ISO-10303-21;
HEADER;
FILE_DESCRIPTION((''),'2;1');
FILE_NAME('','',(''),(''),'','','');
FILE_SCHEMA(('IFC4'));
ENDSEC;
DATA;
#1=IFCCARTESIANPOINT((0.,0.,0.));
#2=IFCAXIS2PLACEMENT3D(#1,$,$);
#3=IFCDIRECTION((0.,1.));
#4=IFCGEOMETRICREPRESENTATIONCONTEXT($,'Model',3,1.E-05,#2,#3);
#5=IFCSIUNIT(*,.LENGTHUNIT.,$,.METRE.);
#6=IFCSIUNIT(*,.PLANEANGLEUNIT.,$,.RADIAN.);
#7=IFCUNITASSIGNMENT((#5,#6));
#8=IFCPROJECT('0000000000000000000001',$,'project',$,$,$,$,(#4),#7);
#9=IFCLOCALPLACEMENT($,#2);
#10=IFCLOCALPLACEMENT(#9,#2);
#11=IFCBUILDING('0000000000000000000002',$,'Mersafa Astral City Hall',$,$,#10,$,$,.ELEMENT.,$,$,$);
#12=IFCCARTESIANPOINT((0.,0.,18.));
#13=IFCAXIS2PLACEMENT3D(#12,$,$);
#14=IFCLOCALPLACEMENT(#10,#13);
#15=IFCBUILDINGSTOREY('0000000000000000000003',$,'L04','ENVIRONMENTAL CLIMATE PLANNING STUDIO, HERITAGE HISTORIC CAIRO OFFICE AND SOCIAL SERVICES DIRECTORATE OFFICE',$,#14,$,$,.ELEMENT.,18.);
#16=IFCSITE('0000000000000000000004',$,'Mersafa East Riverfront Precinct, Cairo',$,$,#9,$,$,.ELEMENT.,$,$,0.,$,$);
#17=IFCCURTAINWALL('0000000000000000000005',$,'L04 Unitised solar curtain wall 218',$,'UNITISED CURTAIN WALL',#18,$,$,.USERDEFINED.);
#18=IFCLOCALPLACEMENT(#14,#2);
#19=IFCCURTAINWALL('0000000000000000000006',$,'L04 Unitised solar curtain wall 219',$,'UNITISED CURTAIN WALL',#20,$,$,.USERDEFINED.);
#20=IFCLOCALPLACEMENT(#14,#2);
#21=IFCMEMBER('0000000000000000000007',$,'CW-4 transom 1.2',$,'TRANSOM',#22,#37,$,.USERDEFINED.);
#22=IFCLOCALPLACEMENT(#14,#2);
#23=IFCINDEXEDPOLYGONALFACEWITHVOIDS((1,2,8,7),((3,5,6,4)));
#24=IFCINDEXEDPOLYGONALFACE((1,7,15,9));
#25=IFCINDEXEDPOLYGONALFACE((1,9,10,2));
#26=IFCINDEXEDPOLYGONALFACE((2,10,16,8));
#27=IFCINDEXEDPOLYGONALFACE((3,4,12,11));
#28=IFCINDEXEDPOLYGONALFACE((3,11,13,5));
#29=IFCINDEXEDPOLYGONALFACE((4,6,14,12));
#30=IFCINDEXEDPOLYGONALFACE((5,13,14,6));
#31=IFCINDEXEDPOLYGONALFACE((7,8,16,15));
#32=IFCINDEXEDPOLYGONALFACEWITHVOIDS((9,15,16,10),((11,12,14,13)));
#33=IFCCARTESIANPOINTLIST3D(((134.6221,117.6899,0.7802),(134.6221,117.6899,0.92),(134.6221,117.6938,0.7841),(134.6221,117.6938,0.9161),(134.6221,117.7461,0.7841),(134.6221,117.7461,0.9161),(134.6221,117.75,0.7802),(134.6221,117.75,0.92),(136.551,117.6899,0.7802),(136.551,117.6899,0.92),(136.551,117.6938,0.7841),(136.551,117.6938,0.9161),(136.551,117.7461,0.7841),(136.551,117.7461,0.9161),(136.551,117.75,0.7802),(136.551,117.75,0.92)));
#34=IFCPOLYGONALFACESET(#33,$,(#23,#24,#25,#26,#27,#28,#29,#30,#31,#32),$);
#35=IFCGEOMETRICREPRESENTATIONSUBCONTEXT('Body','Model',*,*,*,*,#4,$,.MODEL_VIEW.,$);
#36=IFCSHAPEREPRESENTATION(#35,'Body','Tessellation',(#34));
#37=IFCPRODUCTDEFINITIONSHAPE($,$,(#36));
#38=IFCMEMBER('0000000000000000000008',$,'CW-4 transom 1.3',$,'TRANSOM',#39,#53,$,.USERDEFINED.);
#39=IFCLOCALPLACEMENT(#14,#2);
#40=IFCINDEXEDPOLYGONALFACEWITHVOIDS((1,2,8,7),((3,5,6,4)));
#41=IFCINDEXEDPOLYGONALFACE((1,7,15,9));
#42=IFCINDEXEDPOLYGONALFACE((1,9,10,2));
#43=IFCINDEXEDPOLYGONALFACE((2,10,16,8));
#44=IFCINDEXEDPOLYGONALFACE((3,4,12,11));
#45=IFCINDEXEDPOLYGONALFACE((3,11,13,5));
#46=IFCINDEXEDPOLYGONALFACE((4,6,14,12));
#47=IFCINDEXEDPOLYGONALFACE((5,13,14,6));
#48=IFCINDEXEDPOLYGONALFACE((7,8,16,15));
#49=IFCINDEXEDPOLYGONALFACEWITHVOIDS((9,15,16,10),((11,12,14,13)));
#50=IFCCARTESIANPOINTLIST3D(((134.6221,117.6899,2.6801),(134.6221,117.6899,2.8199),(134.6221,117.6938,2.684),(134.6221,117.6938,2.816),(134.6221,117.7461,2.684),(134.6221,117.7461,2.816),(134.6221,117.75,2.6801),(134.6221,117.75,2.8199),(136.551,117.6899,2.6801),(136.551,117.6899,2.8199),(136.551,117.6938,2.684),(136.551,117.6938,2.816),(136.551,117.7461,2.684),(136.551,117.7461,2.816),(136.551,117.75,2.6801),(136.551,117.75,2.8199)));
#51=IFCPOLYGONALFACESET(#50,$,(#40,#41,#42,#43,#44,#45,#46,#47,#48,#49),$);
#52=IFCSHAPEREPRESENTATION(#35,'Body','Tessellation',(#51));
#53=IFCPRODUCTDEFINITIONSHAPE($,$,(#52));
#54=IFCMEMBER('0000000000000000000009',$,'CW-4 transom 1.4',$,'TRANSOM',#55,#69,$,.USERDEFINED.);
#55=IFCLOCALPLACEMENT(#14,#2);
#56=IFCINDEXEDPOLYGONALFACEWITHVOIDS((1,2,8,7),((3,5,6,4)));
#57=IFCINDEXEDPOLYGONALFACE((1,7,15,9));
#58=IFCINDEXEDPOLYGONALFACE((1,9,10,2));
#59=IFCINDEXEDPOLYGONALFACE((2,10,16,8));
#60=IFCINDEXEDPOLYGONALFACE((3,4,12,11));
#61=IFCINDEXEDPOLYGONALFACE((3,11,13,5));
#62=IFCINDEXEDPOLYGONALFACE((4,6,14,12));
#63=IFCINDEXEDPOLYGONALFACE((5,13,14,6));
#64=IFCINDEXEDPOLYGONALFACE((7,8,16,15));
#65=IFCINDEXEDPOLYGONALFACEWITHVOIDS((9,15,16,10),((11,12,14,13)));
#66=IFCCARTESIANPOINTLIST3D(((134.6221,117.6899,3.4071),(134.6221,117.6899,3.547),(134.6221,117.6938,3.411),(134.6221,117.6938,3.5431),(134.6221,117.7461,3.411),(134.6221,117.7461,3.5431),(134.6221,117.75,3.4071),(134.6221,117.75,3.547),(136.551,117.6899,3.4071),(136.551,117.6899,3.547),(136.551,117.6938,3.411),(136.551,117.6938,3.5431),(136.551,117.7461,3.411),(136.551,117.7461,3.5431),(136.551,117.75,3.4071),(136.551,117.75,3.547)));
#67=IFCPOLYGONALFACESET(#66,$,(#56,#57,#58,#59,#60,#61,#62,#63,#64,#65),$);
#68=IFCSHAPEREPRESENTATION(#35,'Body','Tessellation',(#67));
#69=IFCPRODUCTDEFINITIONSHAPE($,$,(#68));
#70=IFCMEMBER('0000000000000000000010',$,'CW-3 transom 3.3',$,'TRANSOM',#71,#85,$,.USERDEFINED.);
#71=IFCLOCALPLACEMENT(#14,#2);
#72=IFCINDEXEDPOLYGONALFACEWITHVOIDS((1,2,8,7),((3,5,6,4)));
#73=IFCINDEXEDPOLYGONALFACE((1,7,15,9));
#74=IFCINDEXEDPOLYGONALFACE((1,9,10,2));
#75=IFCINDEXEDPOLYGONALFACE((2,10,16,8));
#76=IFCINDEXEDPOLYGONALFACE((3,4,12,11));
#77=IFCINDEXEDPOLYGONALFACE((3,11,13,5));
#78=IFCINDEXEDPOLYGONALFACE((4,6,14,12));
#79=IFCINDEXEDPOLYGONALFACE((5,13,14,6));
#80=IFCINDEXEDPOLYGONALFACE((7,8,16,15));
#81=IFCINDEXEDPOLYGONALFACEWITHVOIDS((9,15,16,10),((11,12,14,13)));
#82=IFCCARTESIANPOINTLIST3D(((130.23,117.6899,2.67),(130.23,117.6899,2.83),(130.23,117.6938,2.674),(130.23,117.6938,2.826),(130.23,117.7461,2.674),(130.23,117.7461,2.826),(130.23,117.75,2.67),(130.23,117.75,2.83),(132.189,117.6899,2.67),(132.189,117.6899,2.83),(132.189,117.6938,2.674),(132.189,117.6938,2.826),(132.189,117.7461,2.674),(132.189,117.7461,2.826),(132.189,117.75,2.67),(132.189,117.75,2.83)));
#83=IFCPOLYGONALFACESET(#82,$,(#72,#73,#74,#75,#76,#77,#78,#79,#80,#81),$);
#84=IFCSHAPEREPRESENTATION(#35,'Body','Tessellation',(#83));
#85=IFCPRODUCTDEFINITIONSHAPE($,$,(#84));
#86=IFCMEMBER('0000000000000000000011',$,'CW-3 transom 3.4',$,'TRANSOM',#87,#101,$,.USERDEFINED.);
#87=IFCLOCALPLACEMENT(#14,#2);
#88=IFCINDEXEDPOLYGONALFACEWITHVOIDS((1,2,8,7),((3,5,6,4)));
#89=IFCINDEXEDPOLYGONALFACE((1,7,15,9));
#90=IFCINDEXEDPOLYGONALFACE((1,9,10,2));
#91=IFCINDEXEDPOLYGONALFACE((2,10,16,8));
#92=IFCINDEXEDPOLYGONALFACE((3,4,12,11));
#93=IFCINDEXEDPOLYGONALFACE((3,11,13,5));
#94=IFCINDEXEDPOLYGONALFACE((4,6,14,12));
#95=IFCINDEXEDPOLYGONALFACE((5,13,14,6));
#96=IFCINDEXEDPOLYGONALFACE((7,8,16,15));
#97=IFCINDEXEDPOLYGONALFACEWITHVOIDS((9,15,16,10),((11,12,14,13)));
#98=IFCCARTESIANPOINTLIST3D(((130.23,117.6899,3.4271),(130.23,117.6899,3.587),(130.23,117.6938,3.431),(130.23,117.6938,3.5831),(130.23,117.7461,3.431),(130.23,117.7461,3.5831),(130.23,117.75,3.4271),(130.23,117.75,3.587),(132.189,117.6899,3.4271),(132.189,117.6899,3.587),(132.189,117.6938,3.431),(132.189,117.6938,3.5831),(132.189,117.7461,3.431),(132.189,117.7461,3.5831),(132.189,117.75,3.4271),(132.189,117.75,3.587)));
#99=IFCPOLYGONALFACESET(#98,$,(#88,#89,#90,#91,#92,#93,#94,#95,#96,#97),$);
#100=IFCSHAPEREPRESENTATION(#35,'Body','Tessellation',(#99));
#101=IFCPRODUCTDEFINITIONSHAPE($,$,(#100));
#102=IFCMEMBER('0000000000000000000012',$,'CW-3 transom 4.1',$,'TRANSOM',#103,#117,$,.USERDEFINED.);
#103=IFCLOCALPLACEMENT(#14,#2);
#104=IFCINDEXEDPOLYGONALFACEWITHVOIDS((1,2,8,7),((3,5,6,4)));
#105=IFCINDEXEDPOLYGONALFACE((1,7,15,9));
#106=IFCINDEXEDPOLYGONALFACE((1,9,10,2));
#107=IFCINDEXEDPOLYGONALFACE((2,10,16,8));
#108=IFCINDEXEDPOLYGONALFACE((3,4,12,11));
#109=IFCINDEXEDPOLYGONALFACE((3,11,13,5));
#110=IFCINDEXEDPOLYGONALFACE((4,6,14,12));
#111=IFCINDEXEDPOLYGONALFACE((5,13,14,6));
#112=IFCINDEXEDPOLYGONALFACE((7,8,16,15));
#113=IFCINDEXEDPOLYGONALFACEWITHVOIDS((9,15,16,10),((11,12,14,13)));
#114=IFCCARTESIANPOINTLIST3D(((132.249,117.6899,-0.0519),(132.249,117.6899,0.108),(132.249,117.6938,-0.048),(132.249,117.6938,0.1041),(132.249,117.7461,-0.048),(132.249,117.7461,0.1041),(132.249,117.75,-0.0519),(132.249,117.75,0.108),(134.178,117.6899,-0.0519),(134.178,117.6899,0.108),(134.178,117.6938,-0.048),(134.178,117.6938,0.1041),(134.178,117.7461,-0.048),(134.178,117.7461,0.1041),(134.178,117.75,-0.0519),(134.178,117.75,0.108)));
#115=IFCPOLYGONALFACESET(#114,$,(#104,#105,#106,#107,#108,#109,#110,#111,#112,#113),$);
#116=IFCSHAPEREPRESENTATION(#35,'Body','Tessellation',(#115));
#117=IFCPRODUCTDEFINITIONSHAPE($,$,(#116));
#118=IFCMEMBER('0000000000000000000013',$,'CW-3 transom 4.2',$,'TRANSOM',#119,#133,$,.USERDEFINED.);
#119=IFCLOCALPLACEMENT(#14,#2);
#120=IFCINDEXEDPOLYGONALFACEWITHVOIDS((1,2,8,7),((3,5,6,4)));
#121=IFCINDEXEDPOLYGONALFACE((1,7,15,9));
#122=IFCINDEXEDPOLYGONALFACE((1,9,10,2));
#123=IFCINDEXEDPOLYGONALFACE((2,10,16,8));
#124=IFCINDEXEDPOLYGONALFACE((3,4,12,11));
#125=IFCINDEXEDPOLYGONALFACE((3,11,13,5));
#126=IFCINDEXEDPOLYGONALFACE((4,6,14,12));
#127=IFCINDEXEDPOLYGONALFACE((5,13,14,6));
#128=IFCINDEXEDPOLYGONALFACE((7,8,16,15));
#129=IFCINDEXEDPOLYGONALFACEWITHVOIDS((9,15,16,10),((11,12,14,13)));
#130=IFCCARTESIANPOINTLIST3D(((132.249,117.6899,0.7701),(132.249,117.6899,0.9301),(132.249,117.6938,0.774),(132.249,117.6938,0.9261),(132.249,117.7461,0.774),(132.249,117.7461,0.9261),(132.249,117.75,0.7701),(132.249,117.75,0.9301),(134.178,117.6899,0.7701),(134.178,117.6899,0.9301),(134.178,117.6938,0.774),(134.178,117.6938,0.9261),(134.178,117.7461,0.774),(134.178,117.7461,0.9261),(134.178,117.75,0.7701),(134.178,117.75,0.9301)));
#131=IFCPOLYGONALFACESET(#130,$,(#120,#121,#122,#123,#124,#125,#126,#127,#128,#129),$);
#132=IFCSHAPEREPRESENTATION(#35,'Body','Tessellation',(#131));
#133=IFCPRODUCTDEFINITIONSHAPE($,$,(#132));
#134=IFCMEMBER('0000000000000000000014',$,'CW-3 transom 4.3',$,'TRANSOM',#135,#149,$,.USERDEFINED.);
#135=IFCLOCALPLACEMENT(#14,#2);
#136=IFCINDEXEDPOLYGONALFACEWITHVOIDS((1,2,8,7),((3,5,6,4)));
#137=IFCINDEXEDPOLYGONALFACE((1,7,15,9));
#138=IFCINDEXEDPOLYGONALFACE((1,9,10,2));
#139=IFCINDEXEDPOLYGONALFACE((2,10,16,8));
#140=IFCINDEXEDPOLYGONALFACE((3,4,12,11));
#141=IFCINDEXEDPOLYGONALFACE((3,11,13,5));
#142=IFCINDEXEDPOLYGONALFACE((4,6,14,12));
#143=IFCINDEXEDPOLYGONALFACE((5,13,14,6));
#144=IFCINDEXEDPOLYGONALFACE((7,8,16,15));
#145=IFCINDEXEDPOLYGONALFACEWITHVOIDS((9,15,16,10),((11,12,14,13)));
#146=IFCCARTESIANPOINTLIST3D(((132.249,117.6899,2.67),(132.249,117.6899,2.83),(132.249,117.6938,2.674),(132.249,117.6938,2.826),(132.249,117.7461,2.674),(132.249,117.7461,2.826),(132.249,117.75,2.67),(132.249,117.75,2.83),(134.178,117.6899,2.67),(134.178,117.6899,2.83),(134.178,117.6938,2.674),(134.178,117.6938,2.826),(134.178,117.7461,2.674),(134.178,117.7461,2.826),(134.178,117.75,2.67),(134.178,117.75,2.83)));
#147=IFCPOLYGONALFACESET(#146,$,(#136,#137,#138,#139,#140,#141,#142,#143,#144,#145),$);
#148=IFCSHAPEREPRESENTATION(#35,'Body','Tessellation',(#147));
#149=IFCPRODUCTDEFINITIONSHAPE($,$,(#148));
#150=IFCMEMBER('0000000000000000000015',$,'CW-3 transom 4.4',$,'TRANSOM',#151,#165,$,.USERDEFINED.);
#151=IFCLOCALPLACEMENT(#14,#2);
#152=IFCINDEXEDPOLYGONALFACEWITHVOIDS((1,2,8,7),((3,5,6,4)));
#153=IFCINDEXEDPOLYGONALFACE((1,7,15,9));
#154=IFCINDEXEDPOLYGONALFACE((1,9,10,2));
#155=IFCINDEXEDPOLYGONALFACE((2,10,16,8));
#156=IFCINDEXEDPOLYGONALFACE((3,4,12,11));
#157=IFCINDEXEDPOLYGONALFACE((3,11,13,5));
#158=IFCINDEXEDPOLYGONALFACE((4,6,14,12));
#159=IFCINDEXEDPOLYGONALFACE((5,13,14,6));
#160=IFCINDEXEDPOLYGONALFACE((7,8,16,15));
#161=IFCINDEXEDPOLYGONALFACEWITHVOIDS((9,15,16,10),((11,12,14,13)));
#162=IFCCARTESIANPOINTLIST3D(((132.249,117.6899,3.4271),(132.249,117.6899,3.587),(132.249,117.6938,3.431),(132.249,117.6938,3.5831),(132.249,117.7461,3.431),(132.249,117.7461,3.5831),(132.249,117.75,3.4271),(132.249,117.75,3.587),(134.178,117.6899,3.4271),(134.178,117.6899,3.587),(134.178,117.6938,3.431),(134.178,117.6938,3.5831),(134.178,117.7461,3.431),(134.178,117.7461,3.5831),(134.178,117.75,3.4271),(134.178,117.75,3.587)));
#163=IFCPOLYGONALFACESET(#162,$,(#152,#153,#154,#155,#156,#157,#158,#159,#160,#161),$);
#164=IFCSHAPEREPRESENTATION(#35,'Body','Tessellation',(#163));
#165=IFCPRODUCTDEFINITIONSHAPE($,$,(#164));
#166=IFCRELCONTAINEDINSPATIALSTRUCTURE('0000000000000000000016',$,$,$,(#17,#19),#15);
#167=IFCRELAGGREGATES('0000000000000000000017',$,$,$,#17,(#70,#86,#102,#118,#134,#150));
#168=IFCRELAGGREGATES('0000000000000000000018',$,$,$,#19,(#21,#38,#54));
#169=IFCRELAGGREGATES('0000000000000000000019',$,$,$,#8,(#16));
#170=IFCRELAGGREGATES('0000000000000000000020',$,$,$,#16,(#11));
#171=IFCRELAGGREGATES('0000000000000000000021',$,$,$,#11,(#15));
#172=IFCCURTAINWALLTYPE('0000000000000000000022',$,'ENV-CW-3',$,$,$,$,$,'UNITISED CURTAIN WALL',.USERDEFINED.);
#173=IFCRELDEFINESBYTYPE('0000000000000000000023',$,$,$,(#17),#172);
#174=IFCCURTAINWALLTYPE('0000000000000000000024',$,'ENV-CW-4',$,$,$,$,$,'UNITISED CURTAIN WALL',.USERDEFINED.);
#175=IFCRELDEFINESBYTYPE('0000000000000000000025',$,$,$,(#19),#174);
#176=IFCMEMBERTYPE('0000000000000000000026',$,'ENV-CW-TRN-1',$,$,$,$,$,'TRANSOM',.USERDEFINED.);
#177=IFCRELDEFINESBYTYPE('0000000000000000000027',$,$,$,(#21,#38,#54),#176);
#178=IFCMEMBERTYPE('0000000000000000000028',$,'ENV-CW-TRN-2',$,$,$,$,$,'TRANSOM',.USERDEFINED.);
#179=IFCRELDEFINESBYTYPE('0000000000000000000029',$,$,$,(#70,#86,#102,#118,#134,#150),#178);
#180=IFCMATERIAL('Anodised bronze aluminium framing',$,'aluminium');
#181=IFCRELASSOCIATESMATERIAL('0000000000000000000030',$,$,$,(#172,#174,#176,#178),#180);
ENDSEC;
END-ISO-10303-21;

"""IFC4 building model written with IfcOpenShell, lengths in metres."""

from ifc_helpers import new_model, si_unit, direction, frame, origin, origin_2d, place, context, subcontext, project, spatial, hollow_rectangle, extrude, material, material_profile, profile_set, type_object, element, aggregate, save


model = new_model("IFC4")

# Units and contexts
model_context = context("Model", 3, precision=1e-05, world=origin(), true_north=direction((0.0, 1.0)))
body_context = subcontext(model_context, "Body", "Model", "MODEL_VIEW")
ifc_project = project(units=[si_unit("LENGTHUNIT", "METRE"), si_unit("PLANEANGLEUNIT", "RADIAN")], contexts=[model_context])

# Site, building, storey
site_placement = place(None, origin())
site = spatial("IfcSite", under=ifc_project, at=site_placement, Name="Mersafa East Riverfront Precinct, Cairo", CompositionType="ELEMENT", RefElevation=0.0)
building_placement = place(site_placement, origin())
building = spatial("IfcBuilding", under=site, at=building_placement, Name="Mersafa Astral City Hall", CompositionType="ELEMENT")
storey_placement = place(building_placement, frame((0.0, 0.0, 18.0)))
storey = spatial("IfcBuildingStorey", under=building, at=storey_placement, Name="L04", Description="ENVIRONMENTAL CLIMATE PLANNING STUDIO, HERITAGE HISTORIC CAIRO OFFICE AND SOCIAL SERVICES DIRECTORATE OFFICE", CompositionType="ELEMENT", Elevation=18.0)

# Curtain walls, members
ifc_material_1 = material(Name="Anodised bronze aluminium framing", Category="aluminium")
curtain_wall_type_1 = type_object("IfcCurtainWallType", Name="ENV-CW-3", ElementType="UNITISED CURTAIN WALL", PredefinedType="USERDEFINED", material=ifc_material_1)
curtain_wall_1_placement = place(storey_placement, origin())
curtain_wall_1 = element("IfcCurtainWall", 1, at=curtain_wall_1_placement, inside=storey, type_object=curtain_wall_type_1, Name="L04 Unitised solar curtain wall 218", ObjectType="UNITISED CURTAIN WALL", PredefinedType="USERDEFINED")
curtain_wall_type_2 = type_object("IfcCurtainWallType", Name="ENV-CW-4", ElementType="UNITISED CURTAIN WALL", PredefinedType="USERDEFINED", material=ifc_material_1)
curtain_wall_2_placement = place(storey_placement, origin())
curtain_wall_2 = element("IfcCurtainWall", 2, at=curtain_wall_2_placement, inside=storey, type_object=curtain_wall_type_2, Name="L04 Unitised solar curtain wall 219", ObjectType="UNITISED CURTAIN WALL", PredefinedType="USERDEFINED")
ifc_material_profile_1 = material_profile(ifc_material_1, hollow_rectangle(XDim=0.0601, YDim=0.1399, WallThickness=0.0039, at=origin_2d()), Name="RHS 60x140x4")
ifc_profile_set_1 = profile_set([ifc_material_profile_1], Name="Anodised bronze aluminium framing")
member_type_1 = type_object("IfcMemberType", Name="ENV-CW-TRN-1", ElementType="TRANSOM", PredefinedType="USERDEFINED", material=ifc_profile_set_1)
member_1_placement = place(storey_placement, frame((134.6221, 117.72, 0.8501), z_axis=(1.0, 0.0, 0.0), x_axis=(0.0, 1.0, 0.0)))
member_1 = element("IfcMember", 3, at=member_1_placement, type_object=member_type_1, Name="CW-4 transom 1.2", ObjectType="TRANSOM", PredefinedType="USERDEFINED", context=body_context, shape_type="SweptSolid", body=[
    extrude(hollow_rectangle(XDim=0.0601, YDim=0.1399, WallThickness=0.0039, at=origin_2d()), origin(), (0.0, 0.0, 1.0), 1.929),
])
member_2_placement = place(storey_placement, frame((134.6221, 117.72, 2.75), z_axis=(1.0, 0.0, 0.0), x_axis=(0.0, 1.0, 0.0)))
member_2 = element("IfcMember", 4, at=member_2_placement, type_object=member_type_1, Name="CW-4 transom 1.3", ObjectType="TRANSOM", PredefinedType="USERDEFINED", context=body_context, shape_type="SweptSolid", body=[
    extrude(hollow_rectangle(XDim=0.0601, YDim=0.1399, WallThickness=0.0039, at=origin_2d()), origin(), (0.0, 0.0, 1.0), 1.929),
])
member_3_placement = place(storey_placement, frame((134.6221, 117.72, 3.4771), z_axis=(1.0, 0.0, 0.0), x_axis=(0.0, 1.0, 0.0)))
member_3 = element("IfcMember", 5, at=member_3_placement, type_object=member_type_1, Name="CW-4 transom 1.4", ObjectType="TRANSOM", PredefinedType="USERDEFINED", context=body_context, shape_type="SweptSolid", body=[
    extrude(hollow_rectangle(XDim=0.0601, YDim=0.1399, WallThickness=0.0039, at=origin_2d()), origin(), (0.0, 0.0, 1.0), 1.929),
])

# Members
ifc_material_profile_2 = material_profile(ifc_material_1, hollow_rectangle(XDim=0.0601, YDim=0.1599, WallThickness=0.0039, at=origin_2d()), Name="RHS 60x160x4")
ifc_profile_set_2 = profile_set([ifc_material_profile_2], Name="Anodised bronze aluminium framing")
member_type_2 = type_object("IfcMemberType", Name="ENV-CW-TRN-2", ElementType="TRANSOM", PredefinedType="USERDEFINED", material=ifc_profile_set_2)
member_4_placement = place(storey_placement, frame((130.23, 117.72, 2.75), z_axis=(1.0, 0.0, 0.0), x_axis=(0.0, 1.0, 0.0)))
member_4 = element("IfcMember", 6, at=member_4_placement, type_object=member_type_2, Name="CW-3 transom 3.3", ObjectType="TRANSOM", PredefinedType="USERDEFINED", context=body_context, shape_type="SweptSolid", body=[
    extrude(hollow_rectangle(XDim=0.0601, YDim=0.1599, WallThickness=0.0039, at=origin_2d()), origin(), (0.0, 0.0, 1.0), 1.959),
])
member_5_placement = place(storey_placement, frame((130.23, 117.72, 3.5071), z_axis=(1.0, 0.0, 0.0), x_axis=(0.0, 1.0, 0.0)))
member_5 = element("IfcMember", 7, at=member_5_placement, type_object=member_type_2, Name="CW-3 transom 3.4", ObjectType="TRANSOM", PredefinedType="USERDEFINED", context=body_context, shape_type="SweptSolid", body=[
    extrude(hollow_rectangle(XDim=0.0601, YDim=0.1599, WallThickness=0.0039, at=origin_2d()), origin(), (0.0, 0.0, 1.0), 1.959),
])
member_6_placement = place(storey_placement, frame((132.249, 117.72, 0.0281), z_axis=(1.0, 0.0, 0.0), x_axis=(0.0, 1.0, 0.0)))
member_6 = element("IfcMember", 8, at=member_6_placement, type_object=member_type_2, Name="CW-3 transom 4.1", ObjectType="TRANSOM", PredefinedType="USERDEFINED", context=body_context, shape_type="SweptSolid", body=[
    extrude(hollow_rectangle(XDim=0.0601, YDim=0.1599, WallThickness=0.0039, at=origin_2d()), origin(), (0.0, 0.0, 1.0), 1.929),
])
member_7_placement = place(storey_placement, frame((132.249, 117.72, 0.8501), z_axis=(1.0, 0.0, 0.0), x_axis=(0.0, 1.0, 0.0)))
member_7 = element("IfcMember", 9, at=member_7_placement, type_object=member_type_2, Name="CW-3 transom 4.2", ObjectType="TRANSOM", PredefinedType="USERDEFINED", context=body_context, shape_type="SweptSolid", body=[
    extrude(hollow_rectangle(XDim=0.0601, YDim=0.1599, WallThickness=0.0039, at=origin_2d()), origin(), (0.0, 0.0, 1.0), 1.929),
])
member_8_placement = place(storey_placement, frame((132.249, 117.72, 2.75), z_axis=(1.0, 0.0, 0.0), x_axis=(0.0, 1.0, 0.0)))
member_8 = element("IfcMember", 10, at=member_8_placement, type_object=member_type_2, Name="CW-3 transom 4.3", ObjectType="TRANSOM", PredefinedType="USERDEFINED", context=body_context, shape_type="SweptSolid", body=[
    extrude(hollow_rectangle(XDim=0.0601, YDim=0.1599, WallThickness=0.0039, at=origin_2d()), origin(), (0.0, 0.0, 1.0), 1.929),
])
member_9_placement = place(storey_placement, frame((132.249, 117.72, 3.5071), z_axis=(1.0, 0.0, 0.0), x_axis=(0.0, 1.0, 0.0)))
member_9 = element("IfcMember", 11, at=member_9_placement, type_object=member_type_2, Name="CW-3 transom 4.4", ObjectType="TRANSOM", PredefinedType="USERDEFINED", context=body_context, shape_type="SweptSolid", body=[
    extrude(hollow_rectangle(XDim=0.0601, YDim=0.1599, WallThickness=0.0039, at=origin_2d()), origin(), (0.0, 0.0, 1.0), 1.929),
])

aggregate(curtain_wall_1, [member_4, member_5, member_6, member_7, member_8, member_9])
aggregate(curtain_wall_2, [member_1, member_2, member_3])

save(model, "model.ifc")
